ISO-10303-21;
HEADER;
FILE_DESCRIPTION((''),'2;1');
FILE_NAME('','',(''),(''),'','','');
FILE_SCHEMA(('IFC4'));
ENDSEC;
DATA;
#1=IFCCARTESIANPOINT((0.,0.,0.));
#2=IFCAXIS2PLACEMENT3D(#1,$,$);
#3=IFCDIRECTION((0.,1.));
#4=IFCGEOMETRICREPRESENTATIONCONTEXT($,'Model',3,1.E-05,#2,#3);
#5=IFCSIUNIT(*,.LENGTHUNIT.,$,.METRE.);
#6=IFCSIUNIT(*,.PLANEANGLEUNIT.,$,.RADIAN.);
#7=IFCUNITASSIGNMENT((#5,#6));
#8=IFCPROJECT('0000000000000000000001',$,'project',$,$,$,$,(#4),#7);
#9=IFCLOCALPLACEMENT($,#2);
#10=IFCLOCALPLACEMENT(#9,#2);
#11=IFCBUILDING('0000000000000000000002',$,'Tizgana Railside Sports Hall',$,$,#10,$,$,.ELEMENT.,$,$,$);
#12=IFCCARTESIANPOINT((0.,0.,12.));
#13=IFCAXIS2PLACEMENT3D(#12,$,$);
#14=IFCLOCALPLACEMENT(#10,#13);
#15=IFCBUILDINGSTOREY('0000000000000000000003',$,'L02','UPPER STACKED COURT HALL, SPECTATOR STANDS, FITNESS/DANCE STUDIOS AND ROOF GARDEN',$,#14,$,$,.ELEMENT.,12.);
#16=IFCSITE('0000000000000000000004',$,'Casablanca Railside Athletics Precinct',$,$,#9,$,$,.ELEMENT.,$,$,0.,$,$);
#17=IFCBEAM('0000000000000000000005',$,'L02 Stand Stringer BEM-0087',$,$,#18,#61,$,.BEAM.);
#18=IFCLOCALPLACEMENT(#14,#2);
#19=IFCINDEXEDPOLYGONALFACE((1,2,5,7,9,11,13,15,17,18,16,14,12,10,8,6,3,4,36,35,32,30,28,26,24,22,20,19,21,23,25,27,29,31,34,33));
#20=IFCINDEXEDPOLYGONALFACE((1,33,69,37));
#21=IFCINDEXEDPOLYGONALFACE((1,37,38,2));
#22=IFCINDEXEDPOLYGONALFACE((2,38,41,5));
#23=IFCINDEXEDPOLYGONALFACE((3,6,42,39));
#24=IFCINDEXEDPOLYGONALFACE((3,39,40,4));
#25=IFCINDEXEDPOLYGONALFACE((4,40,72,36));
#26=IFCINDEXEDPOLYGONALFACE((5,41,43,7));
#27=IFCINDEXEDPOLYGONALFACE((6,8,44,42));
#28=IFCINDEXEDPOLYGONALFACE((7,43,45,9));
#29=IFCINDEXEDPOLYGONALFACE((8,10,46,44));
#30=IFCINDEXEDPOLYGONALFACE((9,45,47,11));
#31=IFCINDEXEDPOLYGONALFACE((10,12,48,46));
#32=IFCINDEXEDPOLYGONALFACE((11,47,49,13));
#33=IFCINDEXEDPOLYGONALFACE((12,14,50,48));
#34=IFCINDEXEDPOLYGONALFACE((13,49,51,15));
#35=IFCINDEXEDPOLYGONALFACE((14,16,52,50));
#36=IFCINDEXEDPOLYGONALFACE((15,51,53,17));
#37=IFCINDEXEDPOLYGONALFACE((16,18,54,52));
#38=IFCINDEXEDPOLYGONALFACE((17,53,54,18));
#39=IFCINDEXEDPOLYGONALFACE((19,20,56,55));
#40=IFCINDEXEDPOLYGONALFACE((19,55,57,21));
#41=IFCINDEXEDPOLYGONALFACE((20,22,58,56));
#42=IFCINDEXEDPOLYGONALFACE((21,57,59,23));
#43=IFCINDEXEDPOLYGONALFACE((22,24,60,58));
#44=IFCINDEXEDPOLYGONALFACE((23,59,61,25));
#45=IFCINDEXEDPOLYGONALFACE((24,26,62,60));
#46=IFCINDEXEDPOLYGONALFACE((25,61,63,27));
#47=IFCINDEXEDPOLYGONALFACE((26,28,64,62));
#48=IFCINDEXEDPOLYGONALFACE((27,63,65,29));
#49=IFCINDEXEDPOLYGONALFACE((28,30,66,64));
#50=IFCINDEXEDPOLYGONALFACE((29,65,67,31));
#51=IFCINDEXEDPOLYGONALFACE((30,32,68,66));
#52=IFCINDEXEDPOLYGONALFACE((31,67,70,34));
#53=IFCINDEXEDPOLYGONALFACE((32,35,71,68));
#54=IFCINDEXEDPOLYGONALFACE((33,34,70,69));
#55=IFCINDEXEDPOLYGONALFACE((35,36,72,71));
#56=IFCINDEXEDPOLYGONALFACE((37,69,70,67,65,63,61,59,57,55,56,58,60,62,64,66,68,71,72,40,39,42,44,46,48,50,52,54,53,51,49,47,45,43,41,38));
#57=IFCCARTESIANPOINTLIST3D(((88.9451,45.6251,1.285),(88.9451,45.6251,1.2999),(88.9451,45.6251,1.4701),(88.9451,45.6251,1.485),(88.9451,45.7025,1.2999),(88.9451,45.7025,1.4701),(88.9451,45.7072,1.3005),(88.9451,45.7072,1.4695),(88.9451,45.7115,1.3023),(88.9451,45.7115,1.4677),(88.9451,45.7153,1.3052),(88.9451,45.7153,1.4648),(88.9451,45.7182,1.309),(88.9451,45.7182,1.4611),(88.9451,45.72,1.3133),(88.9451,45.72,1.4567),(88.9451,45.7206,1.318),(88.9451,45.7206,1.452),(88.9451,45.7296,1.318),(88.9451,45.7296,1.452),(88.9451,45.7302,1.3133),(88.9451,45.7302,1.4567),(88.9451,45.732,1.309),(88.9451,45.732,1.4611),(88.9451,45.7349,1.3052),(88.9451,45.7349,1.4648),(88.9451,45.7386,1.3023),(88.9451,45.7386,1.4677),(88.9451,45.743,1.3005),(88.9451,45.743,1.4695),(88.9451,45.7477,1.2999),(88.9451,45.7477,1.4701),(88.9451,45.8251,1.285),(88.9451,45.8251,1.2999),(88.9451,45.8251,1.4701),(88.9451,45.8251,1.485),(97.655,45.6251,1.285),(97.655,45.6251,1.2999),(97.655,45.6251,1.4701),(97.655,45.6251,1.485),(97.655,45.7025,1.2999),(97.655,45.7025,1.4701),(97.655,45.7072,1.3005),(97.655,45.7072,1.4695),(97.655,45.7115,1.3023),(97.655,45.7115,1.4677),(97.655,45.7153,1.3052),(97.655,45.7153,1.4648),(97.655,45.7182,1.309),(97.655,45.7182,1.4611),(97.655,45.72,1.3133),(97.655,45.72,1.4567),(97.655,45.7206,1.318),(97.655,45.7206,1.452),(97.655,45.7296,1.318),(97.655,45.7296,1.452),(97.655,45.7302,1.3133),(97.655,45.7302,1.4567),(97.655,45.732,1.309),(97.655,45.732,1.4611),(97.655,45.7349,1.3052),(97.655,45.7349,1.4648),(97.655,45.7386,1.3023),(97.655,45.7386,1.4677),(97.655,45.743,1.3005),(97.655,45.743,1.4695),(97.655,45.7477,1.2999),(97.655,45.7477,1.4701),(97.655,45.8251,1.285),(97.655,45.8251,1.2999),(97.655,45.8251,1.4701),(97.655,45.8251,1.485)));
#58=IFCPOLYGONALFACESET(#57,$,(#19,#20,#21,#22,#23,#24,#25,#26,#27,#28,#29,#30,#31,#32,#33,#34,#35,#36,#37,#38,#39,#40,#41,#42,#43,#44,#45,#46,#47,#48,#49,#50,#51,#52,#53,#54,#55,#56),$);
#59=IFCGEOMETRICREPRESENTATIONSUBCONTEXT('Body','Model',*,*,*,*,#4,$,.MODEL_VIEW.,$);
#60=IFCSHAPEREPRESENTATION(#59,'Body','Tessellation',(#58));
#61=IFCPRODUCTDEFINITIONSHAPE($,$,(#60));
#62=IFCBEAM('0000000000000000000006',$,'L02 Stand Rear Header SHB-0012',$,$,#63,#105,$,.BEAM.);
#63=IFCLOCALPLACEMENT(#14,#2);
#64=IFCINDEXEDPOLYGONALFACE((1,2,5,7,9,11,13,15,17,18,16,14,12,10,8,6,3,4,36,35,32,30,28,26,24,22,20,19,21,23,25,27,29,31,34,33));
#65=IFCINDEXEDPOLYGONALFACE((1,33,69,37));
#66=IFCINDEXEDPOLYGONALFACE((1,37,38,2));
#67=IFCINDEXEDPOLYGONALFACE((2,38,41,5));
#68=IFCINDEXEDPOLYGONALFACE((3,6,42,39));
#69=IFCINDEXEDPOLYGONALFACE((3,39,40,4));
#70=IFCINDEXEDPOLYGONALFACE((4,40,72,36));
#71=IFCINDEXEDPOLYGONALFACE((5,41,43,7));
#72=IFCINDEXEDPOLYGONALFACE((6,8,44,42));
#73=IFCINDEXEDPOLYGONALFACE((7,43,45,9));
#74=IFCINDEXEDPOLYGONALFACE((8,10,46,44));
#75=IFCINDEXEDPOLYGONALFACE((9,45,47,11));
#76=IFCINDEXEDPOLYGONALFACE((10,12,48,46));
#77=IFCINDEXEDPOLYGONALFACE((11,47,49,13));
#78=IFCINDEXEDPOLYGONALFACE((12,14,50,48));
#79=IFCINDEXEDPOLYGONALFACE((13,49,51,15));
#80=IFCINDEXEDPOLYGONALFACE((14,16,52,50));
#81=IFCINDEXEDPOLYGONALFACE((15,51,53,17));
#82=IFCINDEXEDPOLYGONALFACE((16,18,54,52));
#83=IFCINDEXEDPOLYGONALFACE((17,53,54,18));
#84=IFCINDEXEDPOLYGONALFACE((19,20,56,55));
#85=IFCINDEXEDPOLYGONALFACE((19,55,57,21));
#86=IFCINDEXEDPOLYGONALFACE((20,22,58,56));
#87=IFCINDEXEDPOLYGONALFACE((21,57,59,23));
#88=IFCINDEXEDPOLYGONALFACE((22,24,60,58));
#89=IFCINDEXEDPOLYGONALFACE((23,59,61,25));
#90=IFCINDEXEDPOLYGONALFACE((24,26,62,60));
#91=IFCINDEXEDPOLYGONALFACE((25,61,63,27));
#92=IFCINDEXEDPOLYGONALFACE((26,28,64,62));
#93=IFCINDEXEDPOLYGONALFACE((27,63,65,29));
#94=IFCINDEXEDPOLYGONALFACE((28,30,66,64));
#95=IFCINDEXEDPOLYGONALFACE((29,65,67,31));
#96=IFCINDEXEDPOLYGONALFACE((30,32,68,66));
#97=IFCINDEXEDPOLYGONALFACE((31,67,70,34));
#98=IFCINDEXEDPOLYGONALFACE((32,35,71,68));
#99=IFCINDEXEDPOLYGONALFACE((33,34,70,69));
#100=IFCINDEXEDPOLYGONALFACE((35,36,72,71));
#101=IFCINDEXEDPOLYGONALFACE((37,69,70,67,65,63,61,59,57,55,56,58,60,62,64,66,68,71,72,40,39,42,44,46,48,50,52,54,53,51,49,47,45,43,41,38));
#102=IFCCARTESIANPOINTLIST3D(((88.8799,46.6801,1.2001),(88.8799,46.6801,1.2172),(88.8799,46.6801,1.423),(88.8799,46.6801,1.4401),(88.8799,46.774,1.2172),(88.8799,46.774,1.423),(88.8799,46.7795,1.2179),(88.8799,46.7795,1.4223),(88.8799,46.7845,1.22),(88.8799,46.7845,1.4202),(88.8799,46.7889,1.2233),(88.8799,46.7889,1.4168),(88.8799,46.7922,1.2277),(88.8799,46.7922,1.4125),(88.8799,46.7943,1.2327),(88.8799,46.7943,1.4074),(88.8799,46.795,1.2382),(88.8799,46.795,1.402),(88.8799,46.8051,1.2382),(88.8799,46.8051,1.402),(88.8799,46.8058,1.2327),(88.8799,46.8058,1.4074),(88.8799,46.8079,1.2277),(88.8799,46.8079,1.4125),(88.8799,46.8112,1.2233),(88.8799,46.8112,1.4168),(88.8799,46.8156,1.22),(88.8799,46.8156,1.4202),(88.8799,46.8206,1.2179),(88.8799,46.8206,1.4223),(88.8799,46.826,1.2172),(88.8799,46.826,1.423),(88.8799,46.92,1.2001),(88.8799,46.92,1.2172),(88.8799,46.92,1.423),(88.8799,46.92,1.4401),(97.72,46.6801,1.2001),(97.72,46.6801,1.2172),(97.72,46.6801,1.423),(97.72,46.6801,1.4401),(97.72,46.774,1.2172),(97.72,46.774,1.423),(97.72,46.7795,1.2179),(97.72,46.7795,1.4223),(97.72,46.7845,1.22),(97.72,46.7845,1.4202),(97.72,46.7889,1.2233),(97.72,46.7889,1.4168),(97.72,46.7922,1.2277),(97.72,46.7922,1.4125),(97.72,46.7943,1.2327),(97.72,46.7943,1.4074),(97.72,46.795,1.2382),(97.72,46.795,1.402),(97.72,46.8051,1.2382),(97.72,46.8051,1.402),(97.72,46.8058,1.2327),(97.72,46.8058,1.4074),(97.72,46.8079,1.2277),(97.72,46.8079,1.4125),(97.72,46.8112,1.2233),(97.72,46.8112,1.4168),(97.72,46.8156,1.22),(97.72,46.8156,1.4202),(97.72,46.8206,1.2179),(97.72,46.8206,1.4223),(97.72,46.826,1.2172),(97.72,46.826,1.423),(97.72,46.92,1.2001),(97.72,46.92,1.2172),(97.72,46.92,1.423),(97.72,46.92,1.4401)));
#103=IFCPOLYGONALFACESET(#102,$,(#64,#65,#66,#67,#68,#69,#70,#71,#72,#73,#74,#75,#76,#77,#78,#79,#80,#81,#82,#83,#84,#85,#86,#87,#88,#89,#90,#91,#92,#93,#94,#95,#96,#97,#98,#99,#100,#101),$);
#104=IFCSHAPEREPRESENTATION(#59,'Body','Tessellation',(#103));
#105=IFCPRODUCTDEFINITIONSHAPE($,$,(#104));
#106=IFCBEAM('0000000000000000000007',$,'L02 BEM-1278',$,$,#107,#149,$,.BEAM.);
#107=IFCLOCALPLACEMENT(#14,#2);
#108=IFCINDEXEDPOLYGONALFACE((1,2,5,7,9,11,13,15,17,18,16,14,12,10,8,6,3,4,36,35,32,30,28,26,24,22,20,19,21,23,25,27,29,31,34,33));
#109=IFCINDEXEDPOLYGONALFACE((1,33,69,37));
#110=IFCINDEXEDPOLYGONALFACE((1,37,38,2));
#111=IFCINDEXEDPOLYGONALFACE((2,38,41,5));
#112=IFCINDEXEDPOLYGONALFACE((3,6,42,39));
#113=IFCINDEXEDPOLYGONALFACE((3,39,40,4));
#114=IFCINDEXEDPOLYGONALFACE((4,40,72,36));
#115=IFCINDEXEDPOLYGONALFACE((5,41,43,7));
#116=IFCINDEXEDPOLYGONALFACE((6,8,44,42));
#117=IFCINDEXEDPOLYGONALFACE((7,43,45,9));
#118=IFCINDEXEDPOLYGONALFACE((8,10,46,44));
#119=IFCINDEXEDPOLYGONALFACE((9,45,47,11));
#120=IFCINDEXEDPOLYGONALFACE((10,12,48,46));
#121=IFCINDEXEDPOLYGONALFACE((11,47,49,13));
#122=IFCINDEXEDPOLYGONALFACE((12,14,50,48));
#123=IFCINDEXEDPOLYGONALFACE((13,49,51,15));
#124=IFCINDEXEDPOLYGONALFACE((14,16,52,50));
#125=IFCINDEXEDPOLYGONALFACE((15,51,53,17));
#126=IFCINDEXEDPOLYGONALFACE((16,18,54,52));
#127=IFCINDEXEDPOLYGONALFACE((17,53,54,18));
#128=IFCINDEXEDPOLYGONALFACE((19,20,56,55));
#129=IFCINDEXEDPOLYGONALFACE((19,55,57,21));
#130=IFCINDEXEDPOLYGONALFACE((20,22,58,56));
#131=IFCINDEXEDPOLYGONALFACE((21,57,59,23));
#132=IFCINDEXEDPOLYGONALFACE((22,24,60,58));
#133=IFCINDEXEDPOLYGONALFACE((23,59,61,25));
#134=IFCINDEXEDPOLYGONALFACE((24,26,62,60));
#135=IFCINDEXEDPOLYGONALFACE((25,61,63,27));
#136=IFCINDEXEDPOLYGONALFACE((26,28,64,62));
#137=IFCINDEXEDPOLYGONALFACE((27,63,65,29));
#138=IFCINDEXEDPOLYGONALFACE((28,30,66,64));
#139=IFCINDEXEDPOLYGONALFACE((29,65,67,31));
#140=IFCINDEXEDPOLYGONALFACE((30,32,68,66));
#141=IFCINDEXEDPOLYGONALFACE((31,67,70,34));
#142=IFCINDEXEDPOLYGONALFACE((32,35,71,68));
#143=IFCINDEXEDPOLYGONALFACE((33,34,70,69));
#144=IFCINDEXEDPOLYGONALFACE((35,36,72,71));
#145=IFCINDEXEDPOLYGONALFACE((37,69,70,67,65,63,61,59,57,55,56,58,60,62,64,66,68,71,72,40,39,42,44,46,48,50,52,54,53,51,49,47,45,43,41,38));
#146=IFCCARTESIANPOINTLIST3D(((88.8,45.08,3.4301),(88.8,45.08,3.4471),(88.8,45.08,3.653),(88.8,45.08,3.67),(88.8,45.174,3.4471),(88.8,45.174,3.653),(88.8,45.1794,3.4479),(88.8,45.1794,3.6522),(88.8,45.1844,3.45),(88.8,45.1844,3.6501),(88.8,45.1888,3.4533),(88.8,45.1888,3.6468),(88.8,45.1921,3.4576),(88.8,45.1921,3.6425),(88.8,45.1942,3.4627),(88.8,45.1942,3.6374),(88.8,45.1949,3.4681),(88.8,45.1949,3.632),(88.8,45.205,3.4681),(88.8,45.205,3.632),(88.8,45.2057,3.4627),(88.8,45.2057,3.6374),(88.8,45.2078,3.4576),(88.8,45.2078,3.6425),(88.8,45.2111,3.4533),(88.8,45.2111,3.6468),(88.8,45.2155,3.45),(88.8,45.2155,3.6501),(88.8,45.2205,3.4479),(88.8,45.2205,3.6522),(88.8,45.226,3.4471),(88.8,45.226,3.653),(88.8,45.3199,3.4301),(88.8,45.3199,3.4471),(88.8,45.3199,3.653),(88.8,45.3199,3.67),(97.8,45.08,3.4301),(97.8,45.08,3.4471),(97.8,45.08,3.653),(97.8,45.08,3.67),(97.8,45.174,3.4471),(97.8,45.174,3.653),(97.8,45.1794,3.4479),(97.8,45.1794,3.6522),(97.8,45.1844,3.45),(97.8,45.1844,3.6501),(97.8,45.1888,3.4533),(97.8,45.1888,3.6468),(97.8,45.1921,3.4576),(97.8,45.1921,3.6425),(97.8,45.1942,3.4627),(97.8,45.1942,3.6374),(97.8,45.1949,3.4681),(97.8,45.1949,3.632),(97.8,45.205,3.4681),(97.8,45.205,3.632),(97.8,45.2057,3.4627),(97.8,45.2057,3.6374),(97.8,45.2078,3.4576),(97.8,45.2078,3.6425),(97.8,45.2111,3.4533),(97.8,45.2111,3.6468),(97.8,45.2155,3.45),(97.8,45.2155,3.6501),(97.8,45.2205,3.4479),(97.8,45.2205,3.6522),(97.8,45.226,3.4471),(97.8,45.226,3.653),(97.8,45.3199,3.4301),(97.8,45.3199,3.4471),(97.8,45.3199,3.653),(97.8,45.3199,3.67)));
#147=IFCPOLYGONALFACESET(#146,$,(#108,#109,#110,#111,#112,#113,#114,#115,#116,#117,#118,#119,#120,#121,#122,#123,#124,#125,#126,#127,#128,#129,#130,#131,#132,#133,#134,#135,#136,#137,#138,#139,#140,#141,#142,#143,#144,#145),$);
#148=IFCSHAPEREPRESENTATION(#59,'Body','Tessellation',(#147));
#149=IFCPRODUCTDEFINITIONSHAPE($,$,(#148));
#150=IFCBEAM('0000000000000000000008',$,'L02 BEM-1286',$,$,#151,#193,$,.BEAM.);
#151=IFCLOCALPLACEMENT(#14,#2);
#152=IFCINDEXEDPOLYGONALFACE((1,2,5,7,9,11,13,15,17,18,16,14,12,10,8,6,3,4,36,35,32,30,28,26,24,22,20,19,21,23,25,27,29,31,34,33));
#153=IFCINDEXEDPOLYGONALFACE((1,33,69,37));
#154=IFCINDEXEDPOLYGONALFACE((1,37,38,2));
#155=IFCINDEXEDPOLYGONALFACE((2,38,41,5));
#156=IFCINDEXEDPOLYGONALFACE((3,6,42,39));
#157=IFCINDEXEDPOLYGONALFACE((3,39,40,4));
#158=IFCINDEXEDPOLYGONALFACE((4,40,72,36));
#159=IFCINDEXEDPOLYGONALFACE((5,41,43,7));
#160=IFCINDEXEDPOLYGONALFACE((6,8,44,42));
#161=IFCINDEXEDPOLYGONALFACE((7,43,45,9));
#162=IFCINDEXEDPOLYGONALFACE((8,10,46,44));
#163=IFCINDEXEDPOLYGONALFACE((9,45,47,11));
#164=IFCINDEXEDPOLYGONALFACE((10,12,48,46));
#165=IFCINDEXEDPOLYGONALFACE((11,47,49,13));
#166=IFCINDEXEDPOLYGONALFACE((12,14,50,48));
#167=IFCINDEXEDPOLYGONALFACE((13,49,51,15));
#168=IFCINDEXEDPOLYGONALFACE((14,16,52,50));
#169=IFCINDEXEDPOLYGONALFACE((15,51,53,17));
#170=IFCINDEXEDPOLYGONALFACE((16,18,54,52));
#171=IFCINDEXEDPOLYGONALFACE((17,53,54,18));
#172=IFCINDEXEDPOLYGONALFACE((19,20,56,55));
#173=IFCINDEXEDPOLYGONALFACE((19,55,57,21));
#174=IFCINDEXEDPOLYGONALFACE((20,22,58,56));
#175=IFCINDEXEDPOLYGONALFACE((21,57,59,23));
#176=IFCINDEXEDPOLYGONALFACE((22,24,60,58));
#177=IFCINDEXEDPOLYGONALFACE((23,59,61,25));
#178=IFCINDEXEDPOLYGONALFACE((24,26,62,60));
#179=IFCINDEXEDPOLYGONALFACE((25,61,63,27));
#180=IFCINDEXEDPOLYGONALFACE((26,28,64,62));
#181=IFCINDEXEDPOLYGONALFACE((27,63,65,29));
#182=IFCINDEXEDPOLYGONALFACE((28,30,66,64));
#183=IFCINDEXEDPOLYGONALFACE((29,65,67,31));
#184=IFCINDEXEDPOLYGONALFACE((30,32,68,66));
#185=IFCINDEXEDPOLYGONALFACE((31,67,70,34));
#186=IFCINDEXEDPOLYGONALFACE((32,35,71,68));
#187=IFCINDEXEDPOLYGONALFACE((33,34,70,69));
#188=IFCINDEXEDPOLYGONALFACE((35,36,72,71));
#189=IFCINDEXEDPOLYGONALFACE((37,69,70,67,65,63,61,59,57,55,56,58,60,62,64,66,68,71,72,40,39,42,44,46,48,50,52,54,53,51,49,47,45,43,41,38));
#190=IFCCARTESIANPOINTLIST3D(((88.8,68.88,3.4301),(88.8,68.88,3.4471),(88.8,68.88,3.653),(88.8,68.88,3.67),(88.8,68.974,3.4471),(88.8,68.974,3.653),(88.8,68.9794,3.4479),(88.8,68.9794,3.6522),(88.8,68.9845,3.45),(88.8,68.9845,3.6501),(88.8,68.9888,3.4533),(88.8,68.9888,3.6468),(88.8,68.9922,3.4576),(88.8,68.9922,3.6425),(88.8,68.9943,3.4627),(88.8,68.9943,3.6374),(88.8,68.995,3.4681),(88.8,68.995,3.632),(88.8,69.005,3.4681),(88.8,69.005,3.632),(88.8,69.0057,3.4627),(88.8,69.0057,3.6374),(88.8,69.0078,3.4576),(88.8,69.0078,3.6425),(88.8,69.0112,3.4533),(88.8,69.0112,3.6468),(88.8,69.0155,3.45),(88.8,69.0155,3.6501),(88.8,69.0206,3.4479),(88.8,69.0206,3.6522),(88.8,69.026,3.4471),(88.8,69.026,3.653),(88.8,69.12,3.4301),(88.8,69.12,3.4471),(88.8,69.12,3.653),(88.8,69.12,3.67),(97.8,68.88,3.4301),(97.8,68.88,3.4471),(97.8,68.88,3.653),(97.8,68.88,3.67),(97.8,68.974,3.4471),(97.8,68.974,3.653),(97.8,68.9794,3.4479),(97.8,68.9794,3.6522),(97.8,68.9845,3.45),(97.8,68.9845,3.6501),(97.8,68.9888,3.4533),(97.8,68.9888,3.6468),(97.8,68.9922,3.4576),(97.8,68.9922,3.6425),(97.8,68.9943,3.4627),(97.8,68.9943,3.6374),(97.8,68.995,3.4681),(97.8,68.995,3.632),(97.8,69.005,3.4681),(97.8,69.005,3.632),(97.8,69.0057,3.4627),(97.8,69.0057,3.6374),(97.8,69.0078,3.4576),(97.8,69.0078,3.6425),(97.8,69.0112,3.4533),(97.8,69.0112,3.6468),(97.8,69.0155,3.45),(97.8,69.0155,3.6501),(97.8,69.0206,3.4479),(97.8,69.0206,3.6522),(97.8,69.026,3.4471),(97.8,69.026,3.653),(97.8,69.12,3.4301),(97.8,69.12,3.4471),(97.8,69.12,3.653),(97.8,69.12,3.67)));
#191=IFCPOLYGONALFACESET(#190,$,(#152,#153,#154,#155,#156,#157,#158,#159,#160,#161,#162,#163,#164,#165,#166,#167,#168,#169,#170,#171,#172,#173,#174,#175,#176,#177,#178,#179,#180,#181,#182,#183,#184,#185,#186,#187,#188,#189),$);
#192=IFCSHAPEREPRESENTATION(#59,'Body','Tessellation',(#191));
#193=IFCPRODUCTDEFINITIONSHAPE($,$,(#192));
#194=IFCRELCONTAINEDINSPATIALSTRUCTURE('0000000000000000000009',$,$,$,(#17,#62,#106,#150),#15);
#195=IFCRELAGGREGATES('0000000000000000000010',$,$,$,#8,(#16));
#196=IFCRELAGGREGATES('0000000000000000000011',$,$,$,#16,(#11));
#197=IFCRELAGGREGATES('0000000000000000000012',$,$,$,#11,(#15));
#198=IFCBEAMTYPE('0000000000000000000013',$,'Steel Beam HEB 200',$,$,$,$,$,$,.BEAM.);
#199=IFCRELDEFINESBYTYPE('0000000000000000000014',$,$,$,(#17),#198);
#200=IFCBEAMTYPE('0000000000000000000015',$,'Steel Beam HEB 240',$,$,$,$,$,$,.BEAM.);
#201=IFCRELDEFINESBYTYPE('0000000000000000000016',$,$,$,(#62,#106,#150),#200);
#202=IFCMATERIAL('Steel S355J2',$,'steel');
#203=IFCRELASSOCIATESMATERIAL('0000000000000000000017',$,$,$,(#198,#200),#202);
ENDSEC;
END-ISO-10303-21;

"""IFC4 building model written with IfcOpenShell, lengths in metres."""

from ifc_helpers import new_model, si_unit, direction, frame, origin, origin_2d, place, context, subcontext, project, spatial, i_section, extrude, material, material_profile, profile_set, type_object, element, save


model = new_model("IFC4")

# Units and contexts
model_context = context("Model", 3, precision=1e-05, world=origin(), true_north=direction((0.0, 1.0)))
body_context = subcontext(model_context, "Body", "Model", "MODEL_VIEW")
ifc_project = project(units=[si_unit("LENGTHUNIT", "METRE"), si_unit("PLANEANGLEUNIT", "RADIAN")], contexts=[model_context])

# Site, building, storey
site_placement = place(None, origin())
site = spatial("IfcSite", under=ifc_project, at=site_placement, Name="Casablanca Railside Athletics Precinct", CompositionType="ELEMENT", RefElevation=0.0)
building_placement = place(site_placement, origin())
building = spatial("IfcBuilding", under=site, at=building_placement, Name="Tizgana Railside Sports Hall", CompositionType="ELEMENT")
storey_placement = place(building_placement, frame((0.0, 0.0, 12.0)))
storey = spatial("IfcBuildingStorey", under=building, at=storey_placement, Name="L02", Description="UPPER STACKED COURT HALL, SPECTATOR STANDS, FITNESS/DANCE STUDIOS AND ROOF GARDEN", CompositionType="ELEMENT", Elevation=12.0)

# Beams
ifc_material_1 = material(Name="Steel S355J2", Category="steel")
ifc_material_profile_1 = material_profile(ifc_material_1, i_section(OverallWidth=0.2, OverallDepth=0.2, WebThickness=0.009, FlangeThickness=0.0149, FilletRadius=0.0181, at=origin_2d()), Name="HEB 200")
ifc_profile_set_1 = profile_set([ifc_material_profile_1], Name="Steel S355J2")
beam_type_1 = type_object("IfcBeamType", Name="Steel Beam HEB 200", PredefinedType="BEAM", material=ifc_profile_set_1)
for number, where, z_axis, x_axis, name in (
    (1, (88.9451, 45.7251, 1.385), (1.0, 0.0, 0.0), (0.0, 1.0, 0.0), "L02 Stand Stringer BEM-0087"),
):
    element("IfcBeam", number, at=place(storey_placement, frame(where, z_axis=z_axis, x_axis=x_axis)), inside=storey, type_object=beam_type_1, Name=name, PredefinedType="BEAM", context=body_context, shape_type="SweptSolid", body=[
        extrude(i_section(OverallWidth=0.2, OverallDepth=0.2, WebThickness=0.009, FlangeThickness=0.0149, FilletRadius=0.0181, at=origin_2d()), origin(), (0.0, 0.0, 1.0), 8.71),
    ])
ifc_material_profile_2 = material_profile(ifc_material_1, i_section(OverallWidth=0.24, OverallDepth=0.24, WebThickness=0.01, FlangeThickness=0.0171, FilletRadius=0.021, at=origin_2d()), Name="HEB 240")
ifc_profile_set_2 = profile_set([ifc_material_profile_2], Name="Steel S355J2")
beam_type_2 = type_object("IfcBeamType", Name="Steel Beam HEB 240", PredefinedType="BEAM", material=ifc_profile_set_2)
beam_1_placement = place(storey_placement, frame((88.8799, 46.8, 1.3201), z_axis=(1.0, 0.0, 0.0), x_axis=(0.0, 1.0, 0.0)))
element("IfcBeam", 2, at=beam_1_placement, inside=storey, type_object=beam_type_2, Name="L02 Stand Rear Header SHB-0012", PredefinedType="BEAM", context=body_context, shape_type="SweptSolid", body=[
    extrude(i_section(OverallWidth=0.24, OverallDepth=0.24, WebThickness=0.01, FlangeThickness=0.0171, FilletRadius=0.021, at=origin_2d()), origin(), (0.0, 0.0, 1.0), 8.8401),
])
for number, where, z_axis, x_axis, name in (
    (3, (88.8, 45.2, 3.55), (1.0, 0.0, 0.0), (0.0, 1.0, 0.0), "L02 BEM-1278"),
    (4, (88.8, 69.0, 3.55), (1.0, 0.0, 0.0), (0.0, 1.0, 0.0), "L02 BEM-1286"),
):
    element("IfcBeam", number, at=place(storey_placement, frame(where, z_axis=z_axis, x_axis=x_axis)), inside=storey, type_object=beam_type_2, Name=name, PredefinedType="BEAM", context=body_context, shape_type="SweptSolid", body=[
        extrude(i_section(OverallWidth=0.24, OverallDepth=0.24, WebThickness=0.01, FlangeThickness=0.0171, FilletRadius=0.021, at=origin_2d()), origin(), (0.0, 0.0, 1.0), 9.0),
    ])

save(model, "model.ifc")
